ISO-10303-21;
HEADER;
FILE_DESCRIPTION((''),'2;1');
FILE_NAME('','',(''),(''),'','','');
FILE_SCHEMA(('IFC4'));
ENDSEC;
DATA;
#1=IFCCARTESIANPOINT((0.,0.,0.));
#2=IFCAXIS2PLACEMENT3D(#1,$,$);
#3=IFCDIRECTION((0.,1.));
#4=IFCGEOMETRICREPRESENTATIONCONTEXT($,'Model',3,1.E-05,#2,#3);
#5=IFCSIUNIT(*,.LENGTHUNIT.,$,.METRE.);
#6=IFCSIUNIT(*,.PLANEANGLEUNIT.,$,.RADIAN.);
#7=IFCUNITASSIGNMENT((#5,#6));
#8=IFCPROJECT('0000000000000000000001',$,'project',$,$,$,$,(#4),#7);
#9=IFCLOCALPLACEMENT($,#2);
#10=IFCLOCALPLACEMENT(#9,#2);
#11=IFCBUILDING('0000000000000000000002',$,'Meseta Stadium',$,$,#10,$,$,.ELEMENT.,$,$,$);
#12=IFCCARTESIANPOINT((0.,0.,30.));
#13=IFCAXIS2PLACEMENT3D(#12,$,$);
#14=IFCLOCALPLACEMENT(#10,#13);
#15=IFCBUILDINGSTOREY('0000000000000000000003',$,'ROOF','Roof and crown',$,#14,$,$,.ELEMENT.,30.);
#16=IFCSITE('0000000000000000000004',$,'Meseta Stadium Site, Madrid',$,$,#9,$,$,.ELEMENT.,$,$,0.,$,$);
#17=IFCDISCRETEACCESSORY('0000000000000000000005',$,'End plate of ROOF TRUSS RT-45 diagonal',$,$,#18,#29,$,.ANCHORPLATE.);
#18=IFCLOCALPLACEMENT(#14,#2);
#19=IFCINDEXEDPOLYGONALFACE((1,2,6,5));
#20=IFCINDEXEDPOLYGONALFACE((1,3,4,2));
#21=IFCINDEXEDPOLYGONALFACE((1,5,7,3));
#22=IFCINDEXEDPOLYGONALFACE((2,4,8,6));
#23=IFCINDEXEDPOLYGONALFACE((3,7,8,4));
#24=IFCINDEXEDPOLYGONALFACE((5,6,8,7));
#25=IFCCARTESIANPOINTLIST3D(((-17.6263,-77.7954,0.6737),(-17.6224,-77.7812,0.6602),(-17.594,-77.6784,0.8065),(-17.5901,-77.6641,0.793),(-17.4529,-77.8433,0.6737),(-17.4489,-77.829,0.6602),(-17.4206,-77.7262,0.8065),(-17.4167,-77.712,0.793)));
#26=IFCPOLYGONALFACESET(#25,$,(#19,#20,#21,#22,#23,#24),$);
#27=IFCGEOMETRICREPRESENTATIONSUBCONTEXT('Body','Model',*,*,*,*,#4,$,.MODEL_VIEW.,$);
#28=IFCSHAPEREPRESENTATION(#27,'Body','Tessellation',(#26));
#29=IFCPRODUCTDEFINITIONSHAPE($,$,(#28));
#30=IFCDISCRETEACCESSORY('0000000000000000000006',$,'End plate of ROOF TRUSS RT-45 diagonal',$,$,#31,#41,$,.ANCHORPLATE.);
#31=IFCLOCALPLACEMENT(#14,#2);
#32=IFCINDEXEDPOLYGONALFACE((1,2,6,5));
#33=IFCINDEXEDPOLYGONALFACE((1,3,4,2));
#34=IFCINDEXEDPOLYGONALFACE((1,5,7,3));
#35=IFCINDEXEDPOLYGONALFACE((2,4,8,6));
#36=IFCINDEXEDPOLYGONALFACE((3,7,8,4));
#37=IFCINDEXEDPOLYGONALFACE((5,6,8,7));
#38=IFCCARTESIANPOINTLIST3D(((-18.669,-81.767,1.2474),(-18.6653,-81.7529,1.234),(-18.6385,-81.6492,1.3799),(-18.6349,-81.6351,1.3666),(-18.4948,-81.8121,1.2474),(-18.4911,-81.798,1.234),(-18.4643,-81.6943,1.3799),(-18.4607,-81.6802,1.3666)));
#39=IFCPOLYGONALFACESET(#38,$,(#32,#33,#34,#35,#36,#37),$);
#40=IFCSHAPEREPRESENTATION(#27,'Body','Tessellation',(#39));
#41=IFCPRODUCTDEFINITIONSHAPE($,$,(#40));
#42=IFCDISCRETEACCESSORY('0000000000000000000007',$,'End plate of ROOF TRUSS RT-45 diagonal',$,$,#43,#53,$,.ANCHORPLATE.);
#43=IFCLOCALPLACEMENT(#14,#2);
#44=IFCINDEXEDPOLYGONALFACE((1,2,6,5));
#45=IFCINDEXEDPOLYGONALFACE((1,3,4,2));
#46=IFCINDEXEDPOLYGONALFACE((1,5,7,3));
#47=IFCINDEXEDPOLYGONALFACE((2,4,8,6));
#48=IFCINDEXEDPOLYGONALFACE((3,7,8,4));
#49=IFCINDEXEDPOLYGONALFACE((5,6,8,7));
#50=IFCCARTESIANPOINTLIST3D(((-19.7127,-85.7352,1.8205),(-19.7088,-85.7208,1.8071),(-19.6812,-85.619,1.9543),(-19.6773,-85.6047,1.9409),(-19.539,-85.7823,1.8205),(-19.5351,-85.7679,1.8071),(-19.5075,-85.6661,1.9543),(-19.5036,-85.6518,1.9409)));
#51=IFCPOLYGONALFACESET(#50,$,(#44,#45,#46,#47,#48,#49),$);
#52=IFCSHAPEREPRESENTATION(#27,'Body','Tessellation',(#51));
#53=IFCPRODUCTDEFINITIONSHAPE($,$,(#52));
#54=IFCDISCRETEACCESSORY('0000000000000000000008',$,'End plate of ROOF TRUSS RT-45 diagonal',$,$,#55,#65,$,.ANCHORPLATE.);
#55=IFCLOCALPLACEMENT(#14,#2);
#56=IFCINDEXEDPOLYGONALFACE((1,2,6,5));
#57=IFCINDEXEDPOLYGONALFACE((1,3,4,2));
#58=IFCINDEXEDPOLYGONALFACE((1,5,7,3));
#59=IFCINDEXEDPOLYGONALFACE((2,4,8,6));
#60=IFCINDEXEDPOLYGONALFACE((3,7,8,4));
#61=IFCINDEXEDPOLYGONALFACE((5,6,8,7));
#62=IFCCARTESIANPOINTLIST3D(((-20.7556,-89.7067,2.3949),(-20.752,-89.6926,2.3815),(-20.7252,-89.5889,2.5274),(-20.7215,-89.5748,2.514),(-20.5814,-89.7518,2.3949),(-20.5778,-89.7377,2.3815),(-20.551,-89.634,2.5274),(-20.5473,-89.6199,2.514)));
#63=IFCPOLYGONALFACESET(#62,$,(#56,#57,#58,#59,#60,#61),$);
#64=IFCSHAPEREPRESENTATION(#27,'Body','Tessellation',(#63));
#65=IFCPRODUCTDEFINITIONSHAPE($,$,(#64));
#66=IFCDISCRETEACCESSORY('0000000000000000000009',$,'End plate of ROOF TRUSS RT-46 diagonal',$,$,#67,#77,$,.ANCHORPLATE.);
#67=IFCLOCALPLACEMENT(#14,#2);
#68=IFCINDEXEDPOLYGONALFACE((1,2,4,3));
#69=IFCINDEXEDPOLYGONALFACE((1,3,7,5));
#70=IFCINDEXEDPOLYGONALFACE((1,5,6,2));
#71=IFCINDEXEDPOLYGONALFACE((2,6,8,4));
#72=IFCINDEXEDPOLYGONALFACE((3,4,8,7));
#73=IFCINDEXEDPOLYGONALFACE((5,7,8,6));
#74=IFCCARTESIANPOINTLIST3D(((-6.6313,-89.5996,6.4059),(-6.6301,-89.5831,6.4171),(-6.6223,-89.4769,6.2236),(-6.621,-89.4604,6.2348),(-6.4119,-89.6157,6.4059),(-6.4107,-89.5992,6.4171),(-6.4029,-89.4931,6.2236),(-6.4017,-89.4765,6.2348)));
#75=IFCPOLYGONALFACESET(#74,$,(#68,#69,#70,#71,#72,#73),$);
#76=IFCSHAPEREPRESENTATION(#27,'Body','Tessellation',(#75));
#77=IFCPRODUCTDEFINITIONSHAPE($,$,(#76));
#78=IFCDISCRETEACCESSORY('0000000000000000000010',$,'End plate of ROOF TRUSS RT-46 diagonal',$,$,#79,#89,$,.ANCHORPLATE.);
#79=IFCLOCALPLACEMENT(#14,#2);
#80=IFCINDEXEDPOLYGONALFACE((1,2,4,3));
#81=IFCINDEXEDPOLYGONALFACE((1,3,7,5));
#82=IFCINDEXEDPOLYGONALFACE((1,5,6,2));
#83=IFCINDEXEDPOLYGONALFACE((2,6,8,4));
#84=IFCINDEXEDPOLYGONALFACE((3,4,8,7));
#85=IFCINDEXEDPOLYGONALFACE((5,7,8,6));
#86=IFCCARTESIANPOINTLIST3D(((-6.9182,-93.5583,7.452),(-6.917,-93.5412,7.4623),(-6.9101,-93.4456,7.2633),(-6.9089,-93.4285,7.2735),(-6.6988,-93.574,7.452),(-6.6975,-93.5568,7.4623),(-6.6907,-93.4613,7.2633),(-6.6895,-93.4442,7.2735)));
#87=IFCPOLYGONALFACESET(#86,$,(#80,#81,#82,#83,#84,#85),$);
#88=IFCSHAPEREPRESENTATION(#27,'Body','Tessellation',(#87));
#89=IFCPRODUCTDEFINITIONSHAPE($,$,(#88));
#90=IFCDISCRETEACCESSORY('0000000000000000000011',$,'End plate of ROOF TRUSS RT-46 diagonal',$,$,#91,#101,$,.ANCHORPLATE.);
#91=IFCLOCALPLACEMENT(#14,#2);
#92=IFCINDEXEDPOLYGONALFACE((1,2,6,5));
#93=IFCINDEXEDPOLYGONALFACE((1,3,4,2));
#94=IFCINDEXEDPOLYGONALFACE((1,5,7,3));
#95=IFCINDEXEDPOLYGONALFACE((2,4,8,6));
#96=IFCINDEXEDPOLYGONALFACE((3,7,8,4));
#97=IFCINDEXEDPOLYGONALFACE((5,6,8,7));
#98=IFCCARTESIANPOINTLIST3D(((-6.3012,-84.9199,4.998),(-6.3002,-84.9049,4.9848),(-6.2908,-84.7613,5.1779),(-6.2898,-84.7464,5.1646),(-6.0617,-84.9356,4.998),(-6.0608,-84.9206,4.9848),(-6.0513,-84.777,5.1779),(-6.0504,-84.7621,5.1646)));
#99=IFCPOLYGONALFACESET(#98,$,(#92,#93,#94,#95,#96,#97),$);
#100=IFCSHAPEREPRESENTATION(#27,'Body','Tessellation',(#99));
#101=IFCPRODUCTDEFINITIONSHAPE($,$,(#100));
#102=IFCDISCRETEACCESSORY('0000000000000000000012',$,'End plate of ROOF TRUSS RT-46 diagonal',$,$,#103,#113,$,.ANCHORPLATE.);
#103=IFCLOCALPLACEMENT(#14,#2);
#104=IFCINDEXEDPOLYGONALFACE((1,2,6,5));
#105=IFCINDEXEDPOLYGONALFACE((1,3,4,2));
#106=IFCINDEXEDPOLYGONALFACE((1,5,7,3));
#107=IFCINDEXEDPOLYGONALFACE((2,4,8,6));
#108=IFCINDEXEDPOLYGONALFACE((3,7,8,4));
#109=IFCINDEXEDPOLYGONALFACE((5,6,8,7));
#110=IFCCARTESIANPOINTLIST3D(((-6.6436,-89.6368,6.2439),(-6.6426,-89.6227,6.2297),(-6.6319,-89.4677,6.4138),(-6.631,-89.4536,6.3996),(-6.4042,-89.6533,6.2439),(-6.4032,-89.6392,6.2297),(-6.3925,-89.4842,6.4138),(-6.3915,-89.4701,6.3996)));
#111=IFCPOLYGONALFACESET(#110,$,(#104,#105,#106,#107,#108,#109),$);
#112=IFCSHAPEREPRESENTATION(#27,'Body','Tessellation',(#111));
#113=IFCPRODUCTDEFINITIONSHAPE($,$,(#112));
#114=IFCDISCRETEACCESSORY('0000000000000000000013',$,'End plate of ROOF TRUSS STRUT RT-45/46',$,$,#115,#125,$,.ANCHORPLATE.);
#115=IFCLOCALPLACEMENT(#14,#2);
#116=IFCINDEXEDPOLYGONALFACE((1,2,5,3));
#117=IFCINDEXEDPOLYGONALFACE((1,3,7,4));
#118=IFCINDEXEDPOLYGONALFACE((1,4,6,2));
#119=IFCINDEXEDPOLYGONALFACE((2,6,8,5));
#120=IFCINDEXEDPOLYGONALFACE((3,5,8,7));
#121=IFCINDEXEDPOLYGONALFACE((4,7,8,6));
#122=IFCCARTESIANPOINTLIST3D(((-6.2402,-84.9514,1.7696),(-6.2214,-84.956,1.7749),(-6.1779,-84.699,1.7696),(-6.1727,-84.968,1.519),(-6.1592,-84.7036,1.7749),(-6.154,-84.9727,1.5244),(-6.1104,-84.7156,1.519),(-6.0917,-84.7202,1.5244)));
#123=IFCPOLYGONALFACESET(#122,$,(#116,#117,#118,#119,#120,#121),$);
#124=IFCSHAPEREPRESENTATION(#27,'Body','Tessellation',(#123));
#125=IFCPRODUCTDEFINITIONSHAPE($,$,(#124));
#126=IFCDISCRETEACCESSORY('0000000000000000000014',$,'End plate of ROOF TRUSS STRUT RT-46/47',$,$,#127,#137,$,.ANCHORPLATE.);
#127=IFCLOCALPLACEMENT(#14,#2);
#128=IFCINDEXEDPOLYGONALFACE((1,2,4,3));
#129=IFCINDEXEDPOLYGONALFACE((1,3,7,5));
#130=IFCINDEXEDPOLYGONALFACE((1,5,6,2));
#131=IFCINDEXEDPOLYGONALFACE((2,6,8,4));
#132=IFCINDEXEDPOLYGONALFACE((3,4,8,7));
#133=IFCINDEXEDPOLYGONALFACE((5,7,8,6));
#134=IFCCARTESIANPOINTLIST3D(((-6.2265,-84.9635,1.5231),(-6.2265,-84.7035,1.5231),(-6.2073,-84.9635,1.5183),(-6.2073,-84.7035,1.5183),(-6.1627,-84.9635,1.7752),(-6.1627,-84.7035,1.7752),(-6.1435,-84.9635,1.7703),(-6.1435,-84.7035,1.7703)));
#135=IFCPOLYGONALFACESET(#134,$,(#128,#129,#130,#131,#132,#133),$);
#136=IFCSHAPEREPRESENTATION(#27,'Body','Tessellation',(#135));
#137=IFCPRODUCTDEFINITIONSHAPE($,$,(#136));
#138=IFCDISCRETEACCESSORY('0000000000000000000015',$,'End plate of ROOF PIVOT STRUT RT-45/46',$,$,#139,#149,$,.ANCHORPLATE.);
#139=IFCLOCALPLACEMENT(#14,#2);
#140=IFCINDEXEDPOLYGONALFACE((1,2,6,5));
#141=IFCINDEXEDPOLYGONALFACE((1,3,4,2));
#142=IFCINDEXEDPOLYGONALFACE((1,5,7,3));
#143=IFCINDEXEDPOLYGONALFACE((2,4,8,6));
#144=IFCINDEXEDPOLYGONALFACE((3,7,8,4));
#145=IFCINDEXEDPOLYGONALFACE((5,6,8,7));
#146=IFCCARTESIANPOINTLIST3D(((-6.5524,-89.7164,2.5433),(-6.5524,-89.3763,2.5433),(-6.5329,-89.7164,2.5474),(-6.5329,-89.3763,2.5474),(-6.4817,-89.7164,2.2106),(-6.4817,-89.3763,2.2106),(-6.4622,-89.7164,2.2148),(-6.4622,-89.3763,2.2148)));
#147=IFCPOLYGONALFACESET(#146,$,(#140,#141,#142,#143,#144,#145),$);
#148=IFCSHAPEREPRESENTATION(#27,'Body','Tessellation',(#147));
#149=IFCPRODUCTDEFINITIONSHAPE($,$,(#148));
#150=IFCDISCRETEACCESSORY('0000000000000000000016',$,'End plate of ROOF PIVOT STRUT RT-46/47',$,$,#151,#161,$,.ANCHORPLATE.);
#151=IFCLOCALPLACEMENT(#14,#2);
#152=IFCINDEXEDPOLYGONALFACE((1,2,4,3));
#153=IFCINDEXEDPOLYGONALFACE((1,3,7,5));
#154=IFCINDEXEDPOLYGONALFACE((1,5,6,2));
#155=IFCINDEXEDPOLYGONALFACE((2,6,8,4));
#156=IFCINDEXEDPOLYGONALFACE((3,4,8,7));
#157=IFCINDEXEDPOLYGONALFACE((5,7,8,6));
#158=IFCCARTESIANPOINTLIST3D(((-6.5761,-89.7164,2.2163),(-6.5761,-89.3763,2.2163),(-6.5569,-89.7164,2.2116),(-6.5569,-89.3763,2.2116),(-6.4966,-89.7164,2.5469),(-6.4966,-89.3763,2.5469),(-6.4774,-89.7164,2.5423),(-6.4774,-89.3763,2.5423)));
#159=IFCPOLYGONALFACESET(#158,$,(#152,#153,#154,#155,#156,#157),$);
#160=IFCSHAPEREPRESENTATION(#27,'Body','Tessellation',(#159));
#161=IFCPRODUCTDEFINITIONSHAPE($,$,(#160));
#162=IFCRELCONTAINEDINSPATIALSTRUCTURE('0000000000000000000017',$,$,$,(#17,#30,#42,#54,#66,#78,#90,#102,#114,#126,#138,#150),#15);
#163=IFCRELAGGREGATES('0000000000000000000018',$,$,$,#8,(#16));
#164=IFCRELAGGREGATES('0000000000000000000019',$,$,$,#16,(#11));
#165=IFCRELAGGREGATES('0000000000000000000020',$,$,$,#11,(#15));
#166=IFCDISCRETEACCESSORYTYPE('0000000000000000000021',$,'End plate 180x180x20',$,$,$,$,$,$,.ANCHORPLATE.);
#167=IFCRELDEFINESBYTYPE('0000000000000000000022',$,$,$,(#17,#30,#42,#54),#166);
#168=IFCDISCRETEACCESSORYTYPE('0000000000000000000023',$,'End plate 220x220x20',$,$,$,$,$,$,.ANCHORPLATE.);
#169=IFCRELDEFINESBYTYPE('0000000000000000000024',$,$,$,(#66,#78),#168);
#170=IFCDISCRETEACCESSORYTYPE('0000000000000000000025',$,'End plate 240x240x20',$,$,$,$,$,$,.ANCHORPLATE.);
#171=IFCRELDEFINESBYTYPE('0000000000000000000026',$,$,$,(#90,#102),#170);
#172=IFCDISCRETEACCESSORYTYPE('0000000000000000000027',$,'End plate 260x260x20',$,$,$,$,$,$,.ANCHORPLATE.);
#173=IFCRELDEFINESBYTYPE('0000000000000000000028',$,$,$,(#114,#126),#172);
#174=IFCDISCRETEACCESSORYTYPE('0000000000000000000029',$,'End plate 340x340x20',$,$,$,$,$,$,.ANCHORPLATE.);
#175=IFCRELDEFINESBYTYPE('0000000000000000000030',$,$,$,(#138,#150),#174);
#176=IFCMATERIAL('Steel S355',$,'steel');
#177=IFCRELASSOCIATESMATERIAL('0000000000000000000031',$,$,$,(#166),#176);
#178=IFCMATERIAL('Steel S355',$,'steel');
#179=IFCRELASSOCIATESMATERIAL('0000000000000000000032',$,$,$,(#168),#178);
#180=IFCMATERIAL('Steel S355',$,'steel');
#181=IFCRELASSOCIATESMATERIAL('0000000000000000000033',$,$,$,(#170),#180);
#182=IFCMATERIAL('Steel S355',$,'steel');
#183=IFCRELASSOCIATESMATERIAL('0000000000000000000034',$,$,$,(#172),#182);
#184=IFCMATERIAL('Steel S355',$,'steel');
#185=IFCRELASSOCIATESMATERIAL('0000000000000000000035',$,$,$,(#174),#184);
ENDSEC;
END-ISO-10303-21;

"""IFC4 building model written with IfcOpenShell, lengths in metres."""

from ifc_helpers import new_model, si_unit, direction, frame, origin, origin_2d, place, context, subcontext, project, spatial, rectangle, extrude, material, material_profile, profile_set, type_object, element, save


model = new_model("IFC4")

# Units and contexts
model_context = context("Model", 3, precision=1e-05, world=origin(), true_north=direction((0.0, 1.0)))
body_context = subcontext(model_context, "Body", "Model", "MODEL_VIEW")
ifc_project = project(units=[si_unit("LENGTHUNIT", "METRE"), si_unit("PLANEANGLEUNIT", "RADIAN")], contexts=[model_context])

# Site, building, storey
site_placement = place(None, origin())
site = spatial("IfcSite", under=ifc_project, at=site_placement, Name="Meseta Stadium Site, Madrid", CompositionType="ELEMENT", RefElevation=0.0)
building_placement = place(site_placement, origin())
building = spatial("IfcBuilding", under=site, at=building_placement, Name="Meseta Stadium", CompositionType="ELEMENT")
storey_placement = place(building_placement, frame((0.0, 0.0, 30.0)))
storey = spatial("IfcBuildingStorey", under=building, at=storey_placement, Name="ROOF", Description="Roof and crown", CompositionType="ELEMENT", Elevation=30.0)

# Discrete accessories
ifc_material_1 = material(Name="Steel S355", Category="steel")
ifc_material_profile_1 = material_profile(ifc_material_1, rectangle(XDim=0.1799, YDim=0.1799, at=origin_2d()), Name="PL 180x180")
ifc_profile_set_1 = profile_set([ifc_material_profile_1], Name="Steel S355")
discrete_accessory_type_1 = type_object("IfcDiscreteAccessoryType", Name="End plate 180x180x20", PredefinedType="ANCHORPLATE", material=ifc_profile_set_1)
discrete_accessory_1_placement = place(storey_placement, frame((-17.5195, -77.7466, 0.7266), z_axis=(-0.196278, -0.711509, 0.674707), x_axis=(0.963993, -0.265929, 0.0)))
element("IfcDiscreteAccessory", 1, at=discrete_accessory_1_placement, inside=storey, type_object=discrete_accessory_type_1, Name="End plate of ROOF TRUSS RT-45 diagonal", PredefinedType="ANCHORPLATE", context=body_context, shape_type="SweptSolid", body=[
    extrude(rectangle(XDim=0.1799, YDim=0.1799, at=origin_2d()), origin(), (0.0, 0.0, 1.0), 0.02),
])
discrete_accessory_2_placement = place(storey_placement, frame((-18.563, -81.7166, 1.3003), z_axis=(-0.184442, -0.713175, 0.676286), x_axis=(0.968147, -0.250383, 0.0)))
element("IfcDiscreteAccessory", 2, at=discrete_accessory_2_placement, inside=storey, type_object=discrete_accessory_type_1, Name="End plate of ROOF TRUSS RT-45 diagonal", PredefinedType="ANCHORPLATE", context=body_context, shape_type="SweptSolid", body=[
    extrude(rectangle(XDim=0.1799, YDim=0.1799, at=origin_2d()), origin(), (0.0, 0.0, 1.0), 0.0198),
])
discrete_accessory_3_placement = place(storey_placement, frame((-19.6062, -85.6863, 1.874), z_axis=(-0.194573, -0.717488, 0.668844), x_axis=(0.96514, -0.261733, 0.0)))
element("IfcDiscreteAccessory", 3, at=discrete_accessory_3_placement, inside=storey, type_object=discrete_accessory_type_1, Name="End plate of ROOF TRUSS RT-45 diagonal", PredefinedType="ANCHORPLATE", context=body_context, shape_type="SweptSolid", body=[
    extrude(rectangle(XDim=0.1799, YDim=0.1799, at=origin_2d()), origin(), (0.0, 0.0, 1.0), 0.02),
])
discrete_accessory_4_placement = place(storey_placement, frame((-20.6497, -89.6562, 2.4478), z_axis=(-0.184442, -0.713175, 0.676286), x_axis=(0.968147, -0.250383, 0.0)))
element("IfcDiscreteAccessory", 4, at=discrete_accessory_4_placement, inside=storey, type_object=discrete_accessory_type_1, Name="End plate of ROOF TRUSS RT-45 diagonal", PredefinedType="ANCHORPLATE", context=body_context, shape_type="SweptSolid", body=[
    extrude(rectangle(XDim=0.1799, YDim=0.1799, at=origin_2d()), origin(), (0.0, 0.0, 1.0), 0.0198),
])
ifc_material_2 = material(Name="Steel S355", Category="steel")
ifc_material_profile_2 = material_profile(ifc_material_2, rectangle(XDim=0.22, YDim=0.22, at=origin_2d()), Name="PL 220x220")
ifc_profile_set_2 = profile_set([ifc_material_profile_2], Name="Steel S355")
discrete_accessory_type_2 = type_object("IfcDiscreteAccessoryType", Name="End plate 220x220x20", PredefinedType="ANCHORPLATE", material=ifc_profile_set_2)
for number, where, z_axis, x_axis, name in (
    (5, (-6.5159, -89.5298, 6.3259), (-0.060791, -0.826752, -0.559273), (0.997308, -0.073331, 0.0), "End plate of ROOF TRUSS RT-46 diagonal"),
    (6, (-6.8032, -93.4927, 7.3679), (-0.061135, -0.855889, -0.513533), (0.997459, -0.071247, 0.0), "End plate of ROOF TRUSS RT-46 diagonal"),
):
    element("IfcDiscreteAccessory", number, at=place(storey_placement, frame(where, z_axis=z_axis, x_axis=x_axis)), inside=storey, type_object=discrete_accessory_type_2, Name=name, PredefinedType="ANCHORPLATE", context=body_context, shape_type="SweptSolid", body=[
        extrude(rectangle(XDim=0.22, YDim=0.22, at=origin_2d()), origin(), (0.0, 0.0, 1.0), 0.02),
    ])
ifc_material_3 = material(Name="Steel S355", Category="steel")
ifc_material_profile_3 = material_profile(ifc_material_3, rectangle(XDim=0.24, YDim=0.24, at=origin_2d()), Name="PL 240x240")
ifc_profile_set_3 = profile_set([ifc_material_profile_3], Name="Steel S355")
discrete_accessory_type_3 = type_object("IfcDiscreteAccessoryType", Name="End plate 240x240x20", PredefinedType="ANCHORPLATE", material=ifc_profile_set_3)
for number, where, z_axis, x_axis, name in (
    (7, (-6.1753, -84.8335, 5.0747), (-0.04904, -0.747861, 0.662041), (0.997857, -0.065433, 0.0), "End plate of ROOF TRUSS RT-46 diagonal"),
    (8, (-6.5171, -89.5464, 6.3147), (-0.048708, -0.706267, 0.706267), (0.99763, -0.068802, 0.0), "End plate of ROOF TRUSS RT-46 diagonal"),
):
    element("IfcDiscreteAccessory", number, at=place(storey_placement, frame(where, z_axis=z_axis, x_axis=x_axis)), inside=storey, type_object=discrete_accessory_type_3, Name=name, PredefinedType="ANCHORPLATE", context=body_context, shape_type="SweptSolid", body=[
        extrude(rectangle(XDim=0.24, YDim=0.24, at=origin_2d()), origin(), (0.0, 0.0, 1.0), 0.02),
    ])
ifc_material_4 = material(Name="Steel S355", Category="steel")
ifc_material_profile_4 = material_profile(ifc_material_4, rectangle(XDim=0.26, YDim=0.26, at=origin_2d()), Name="PL 260x260")
ifc_profile_set_4 = profile_set([ifc_material_profile_4], Name="Steel S355")
discrete_accessory_type_4 = type_object("IfcDiscreteAccessoryType", Name="End plate 260x260x20", PredefinedType="ANCHORPLATE", material=ifc_profile_set_4)
discrete_accessory_5_placement = place(storey_placement, frame((-6.1753, -84.8335, 1.6443), z_axis=(0.935552, -0.230851, 0.267301), x_axis=(0.239568, 0.97088, 0.0)))
element("IfcDiscreteAccessory", 9, at=discrete_accessory_5_placement, inside=storey, type_object=discrete_accessory_type_4, Name="End plate of ROOF TRUSS STRUT RT-45/46", PredefinedType="ANCHORPLATE", context=body_context, shape_type="SweptSolid", body=[
    extrude(rectangle(XDim=0.26, YDim=0.26, at=origin_2d()), origin(), (0.0, 0.0, 1.0), 0.02),
])
discrete_accessory_6_placement = place(storey_placement, frame((-6.1946, -84.8335, 1.6492), z_axis=(0.969416, 0.0, -0.245422), x_axis=(0.0, 1.0, 0.0)))
element("IfcDiscreteAccessory", 10, at=discrete_accessory_6_placement, inside=storey, type_object=discrete_accessory_type_4, Name="End plate of ROOF TRUSS STRUT RT-46/47", PredefinedType="ANCHORPLATE", context=body_context, shape_type="SweptSolid", body=[
    extrude(rectangle(XDim=0.26, YDim=0.26, at=origin_2d()), origin(), (0.0, 0.0, 1.0), 0.0198),
])
ifc_material_5 = material(Name="Steel S355", Category="steel")
ifc_material_profile_5 = material_profile(ifc_material_5, rectangle(XDim=0.3401, YDim=0.3401, at=origin_2d()), Name="PL 340x340")
ifc_profile_set_5 = profile_set([ifc_material_profile_5], Name="Steel S355")
discrete_accessory_type_5 = type_object("IfcDiscreteAccessoryType", Name="End plate 340x340x20", PredefinedType="ANCHORPLATE", material=ifc_profile_set_5)
discrete_accessory_7_placement = place(storey_placement, frame((-6.5171, -89.5464, 2.377), z_axis=(0.978159, 0.0, 0.207859), x_axis=(0.0, 1.0, 0.0)))
element("IfcDiscreteAccessory", 11, at=discrete_accessory_7_placement, inside=storey, type_object=discrete_accessory_type_5, Name="End plate of ROOF PIVOT STRUT RT-45/46", PredefinedType="ANCHORPLATE", context=body_context, shape_type="SweptSolid", body=[
    extrude(rectangle(XDim=0.3401, YDim=0.3401, at=origin_2d()), origin(), (0.0, 0.0, 1.0), 0.02),
])
discrete_accessory_8_placement = place(storey_placement, frame((-6.5364, -89.5464, 2.3816), z_axis=(0.972275, 0.0, -0.233838), x_axis=(0.0, 1.0, 0.0)))
element("IfcDiscreteAccessory", 12, at=discrete_accessory_8_placement, inside=storey, type_object=discrete_accessory_type_5, Name="End plate of ROOF PIVOT STRUT RT-46/47", PredefinedType="ANCHORPLATE", context=body_context, shape_type="SweptSolid", body=[
    extrude(rectangle(XDim=0.3401, YDim=0.3401, at=origin_2d()), origin(), (0.0, 0.0, 1.0), 0.0198),
])

save(model, "model.ifc")
